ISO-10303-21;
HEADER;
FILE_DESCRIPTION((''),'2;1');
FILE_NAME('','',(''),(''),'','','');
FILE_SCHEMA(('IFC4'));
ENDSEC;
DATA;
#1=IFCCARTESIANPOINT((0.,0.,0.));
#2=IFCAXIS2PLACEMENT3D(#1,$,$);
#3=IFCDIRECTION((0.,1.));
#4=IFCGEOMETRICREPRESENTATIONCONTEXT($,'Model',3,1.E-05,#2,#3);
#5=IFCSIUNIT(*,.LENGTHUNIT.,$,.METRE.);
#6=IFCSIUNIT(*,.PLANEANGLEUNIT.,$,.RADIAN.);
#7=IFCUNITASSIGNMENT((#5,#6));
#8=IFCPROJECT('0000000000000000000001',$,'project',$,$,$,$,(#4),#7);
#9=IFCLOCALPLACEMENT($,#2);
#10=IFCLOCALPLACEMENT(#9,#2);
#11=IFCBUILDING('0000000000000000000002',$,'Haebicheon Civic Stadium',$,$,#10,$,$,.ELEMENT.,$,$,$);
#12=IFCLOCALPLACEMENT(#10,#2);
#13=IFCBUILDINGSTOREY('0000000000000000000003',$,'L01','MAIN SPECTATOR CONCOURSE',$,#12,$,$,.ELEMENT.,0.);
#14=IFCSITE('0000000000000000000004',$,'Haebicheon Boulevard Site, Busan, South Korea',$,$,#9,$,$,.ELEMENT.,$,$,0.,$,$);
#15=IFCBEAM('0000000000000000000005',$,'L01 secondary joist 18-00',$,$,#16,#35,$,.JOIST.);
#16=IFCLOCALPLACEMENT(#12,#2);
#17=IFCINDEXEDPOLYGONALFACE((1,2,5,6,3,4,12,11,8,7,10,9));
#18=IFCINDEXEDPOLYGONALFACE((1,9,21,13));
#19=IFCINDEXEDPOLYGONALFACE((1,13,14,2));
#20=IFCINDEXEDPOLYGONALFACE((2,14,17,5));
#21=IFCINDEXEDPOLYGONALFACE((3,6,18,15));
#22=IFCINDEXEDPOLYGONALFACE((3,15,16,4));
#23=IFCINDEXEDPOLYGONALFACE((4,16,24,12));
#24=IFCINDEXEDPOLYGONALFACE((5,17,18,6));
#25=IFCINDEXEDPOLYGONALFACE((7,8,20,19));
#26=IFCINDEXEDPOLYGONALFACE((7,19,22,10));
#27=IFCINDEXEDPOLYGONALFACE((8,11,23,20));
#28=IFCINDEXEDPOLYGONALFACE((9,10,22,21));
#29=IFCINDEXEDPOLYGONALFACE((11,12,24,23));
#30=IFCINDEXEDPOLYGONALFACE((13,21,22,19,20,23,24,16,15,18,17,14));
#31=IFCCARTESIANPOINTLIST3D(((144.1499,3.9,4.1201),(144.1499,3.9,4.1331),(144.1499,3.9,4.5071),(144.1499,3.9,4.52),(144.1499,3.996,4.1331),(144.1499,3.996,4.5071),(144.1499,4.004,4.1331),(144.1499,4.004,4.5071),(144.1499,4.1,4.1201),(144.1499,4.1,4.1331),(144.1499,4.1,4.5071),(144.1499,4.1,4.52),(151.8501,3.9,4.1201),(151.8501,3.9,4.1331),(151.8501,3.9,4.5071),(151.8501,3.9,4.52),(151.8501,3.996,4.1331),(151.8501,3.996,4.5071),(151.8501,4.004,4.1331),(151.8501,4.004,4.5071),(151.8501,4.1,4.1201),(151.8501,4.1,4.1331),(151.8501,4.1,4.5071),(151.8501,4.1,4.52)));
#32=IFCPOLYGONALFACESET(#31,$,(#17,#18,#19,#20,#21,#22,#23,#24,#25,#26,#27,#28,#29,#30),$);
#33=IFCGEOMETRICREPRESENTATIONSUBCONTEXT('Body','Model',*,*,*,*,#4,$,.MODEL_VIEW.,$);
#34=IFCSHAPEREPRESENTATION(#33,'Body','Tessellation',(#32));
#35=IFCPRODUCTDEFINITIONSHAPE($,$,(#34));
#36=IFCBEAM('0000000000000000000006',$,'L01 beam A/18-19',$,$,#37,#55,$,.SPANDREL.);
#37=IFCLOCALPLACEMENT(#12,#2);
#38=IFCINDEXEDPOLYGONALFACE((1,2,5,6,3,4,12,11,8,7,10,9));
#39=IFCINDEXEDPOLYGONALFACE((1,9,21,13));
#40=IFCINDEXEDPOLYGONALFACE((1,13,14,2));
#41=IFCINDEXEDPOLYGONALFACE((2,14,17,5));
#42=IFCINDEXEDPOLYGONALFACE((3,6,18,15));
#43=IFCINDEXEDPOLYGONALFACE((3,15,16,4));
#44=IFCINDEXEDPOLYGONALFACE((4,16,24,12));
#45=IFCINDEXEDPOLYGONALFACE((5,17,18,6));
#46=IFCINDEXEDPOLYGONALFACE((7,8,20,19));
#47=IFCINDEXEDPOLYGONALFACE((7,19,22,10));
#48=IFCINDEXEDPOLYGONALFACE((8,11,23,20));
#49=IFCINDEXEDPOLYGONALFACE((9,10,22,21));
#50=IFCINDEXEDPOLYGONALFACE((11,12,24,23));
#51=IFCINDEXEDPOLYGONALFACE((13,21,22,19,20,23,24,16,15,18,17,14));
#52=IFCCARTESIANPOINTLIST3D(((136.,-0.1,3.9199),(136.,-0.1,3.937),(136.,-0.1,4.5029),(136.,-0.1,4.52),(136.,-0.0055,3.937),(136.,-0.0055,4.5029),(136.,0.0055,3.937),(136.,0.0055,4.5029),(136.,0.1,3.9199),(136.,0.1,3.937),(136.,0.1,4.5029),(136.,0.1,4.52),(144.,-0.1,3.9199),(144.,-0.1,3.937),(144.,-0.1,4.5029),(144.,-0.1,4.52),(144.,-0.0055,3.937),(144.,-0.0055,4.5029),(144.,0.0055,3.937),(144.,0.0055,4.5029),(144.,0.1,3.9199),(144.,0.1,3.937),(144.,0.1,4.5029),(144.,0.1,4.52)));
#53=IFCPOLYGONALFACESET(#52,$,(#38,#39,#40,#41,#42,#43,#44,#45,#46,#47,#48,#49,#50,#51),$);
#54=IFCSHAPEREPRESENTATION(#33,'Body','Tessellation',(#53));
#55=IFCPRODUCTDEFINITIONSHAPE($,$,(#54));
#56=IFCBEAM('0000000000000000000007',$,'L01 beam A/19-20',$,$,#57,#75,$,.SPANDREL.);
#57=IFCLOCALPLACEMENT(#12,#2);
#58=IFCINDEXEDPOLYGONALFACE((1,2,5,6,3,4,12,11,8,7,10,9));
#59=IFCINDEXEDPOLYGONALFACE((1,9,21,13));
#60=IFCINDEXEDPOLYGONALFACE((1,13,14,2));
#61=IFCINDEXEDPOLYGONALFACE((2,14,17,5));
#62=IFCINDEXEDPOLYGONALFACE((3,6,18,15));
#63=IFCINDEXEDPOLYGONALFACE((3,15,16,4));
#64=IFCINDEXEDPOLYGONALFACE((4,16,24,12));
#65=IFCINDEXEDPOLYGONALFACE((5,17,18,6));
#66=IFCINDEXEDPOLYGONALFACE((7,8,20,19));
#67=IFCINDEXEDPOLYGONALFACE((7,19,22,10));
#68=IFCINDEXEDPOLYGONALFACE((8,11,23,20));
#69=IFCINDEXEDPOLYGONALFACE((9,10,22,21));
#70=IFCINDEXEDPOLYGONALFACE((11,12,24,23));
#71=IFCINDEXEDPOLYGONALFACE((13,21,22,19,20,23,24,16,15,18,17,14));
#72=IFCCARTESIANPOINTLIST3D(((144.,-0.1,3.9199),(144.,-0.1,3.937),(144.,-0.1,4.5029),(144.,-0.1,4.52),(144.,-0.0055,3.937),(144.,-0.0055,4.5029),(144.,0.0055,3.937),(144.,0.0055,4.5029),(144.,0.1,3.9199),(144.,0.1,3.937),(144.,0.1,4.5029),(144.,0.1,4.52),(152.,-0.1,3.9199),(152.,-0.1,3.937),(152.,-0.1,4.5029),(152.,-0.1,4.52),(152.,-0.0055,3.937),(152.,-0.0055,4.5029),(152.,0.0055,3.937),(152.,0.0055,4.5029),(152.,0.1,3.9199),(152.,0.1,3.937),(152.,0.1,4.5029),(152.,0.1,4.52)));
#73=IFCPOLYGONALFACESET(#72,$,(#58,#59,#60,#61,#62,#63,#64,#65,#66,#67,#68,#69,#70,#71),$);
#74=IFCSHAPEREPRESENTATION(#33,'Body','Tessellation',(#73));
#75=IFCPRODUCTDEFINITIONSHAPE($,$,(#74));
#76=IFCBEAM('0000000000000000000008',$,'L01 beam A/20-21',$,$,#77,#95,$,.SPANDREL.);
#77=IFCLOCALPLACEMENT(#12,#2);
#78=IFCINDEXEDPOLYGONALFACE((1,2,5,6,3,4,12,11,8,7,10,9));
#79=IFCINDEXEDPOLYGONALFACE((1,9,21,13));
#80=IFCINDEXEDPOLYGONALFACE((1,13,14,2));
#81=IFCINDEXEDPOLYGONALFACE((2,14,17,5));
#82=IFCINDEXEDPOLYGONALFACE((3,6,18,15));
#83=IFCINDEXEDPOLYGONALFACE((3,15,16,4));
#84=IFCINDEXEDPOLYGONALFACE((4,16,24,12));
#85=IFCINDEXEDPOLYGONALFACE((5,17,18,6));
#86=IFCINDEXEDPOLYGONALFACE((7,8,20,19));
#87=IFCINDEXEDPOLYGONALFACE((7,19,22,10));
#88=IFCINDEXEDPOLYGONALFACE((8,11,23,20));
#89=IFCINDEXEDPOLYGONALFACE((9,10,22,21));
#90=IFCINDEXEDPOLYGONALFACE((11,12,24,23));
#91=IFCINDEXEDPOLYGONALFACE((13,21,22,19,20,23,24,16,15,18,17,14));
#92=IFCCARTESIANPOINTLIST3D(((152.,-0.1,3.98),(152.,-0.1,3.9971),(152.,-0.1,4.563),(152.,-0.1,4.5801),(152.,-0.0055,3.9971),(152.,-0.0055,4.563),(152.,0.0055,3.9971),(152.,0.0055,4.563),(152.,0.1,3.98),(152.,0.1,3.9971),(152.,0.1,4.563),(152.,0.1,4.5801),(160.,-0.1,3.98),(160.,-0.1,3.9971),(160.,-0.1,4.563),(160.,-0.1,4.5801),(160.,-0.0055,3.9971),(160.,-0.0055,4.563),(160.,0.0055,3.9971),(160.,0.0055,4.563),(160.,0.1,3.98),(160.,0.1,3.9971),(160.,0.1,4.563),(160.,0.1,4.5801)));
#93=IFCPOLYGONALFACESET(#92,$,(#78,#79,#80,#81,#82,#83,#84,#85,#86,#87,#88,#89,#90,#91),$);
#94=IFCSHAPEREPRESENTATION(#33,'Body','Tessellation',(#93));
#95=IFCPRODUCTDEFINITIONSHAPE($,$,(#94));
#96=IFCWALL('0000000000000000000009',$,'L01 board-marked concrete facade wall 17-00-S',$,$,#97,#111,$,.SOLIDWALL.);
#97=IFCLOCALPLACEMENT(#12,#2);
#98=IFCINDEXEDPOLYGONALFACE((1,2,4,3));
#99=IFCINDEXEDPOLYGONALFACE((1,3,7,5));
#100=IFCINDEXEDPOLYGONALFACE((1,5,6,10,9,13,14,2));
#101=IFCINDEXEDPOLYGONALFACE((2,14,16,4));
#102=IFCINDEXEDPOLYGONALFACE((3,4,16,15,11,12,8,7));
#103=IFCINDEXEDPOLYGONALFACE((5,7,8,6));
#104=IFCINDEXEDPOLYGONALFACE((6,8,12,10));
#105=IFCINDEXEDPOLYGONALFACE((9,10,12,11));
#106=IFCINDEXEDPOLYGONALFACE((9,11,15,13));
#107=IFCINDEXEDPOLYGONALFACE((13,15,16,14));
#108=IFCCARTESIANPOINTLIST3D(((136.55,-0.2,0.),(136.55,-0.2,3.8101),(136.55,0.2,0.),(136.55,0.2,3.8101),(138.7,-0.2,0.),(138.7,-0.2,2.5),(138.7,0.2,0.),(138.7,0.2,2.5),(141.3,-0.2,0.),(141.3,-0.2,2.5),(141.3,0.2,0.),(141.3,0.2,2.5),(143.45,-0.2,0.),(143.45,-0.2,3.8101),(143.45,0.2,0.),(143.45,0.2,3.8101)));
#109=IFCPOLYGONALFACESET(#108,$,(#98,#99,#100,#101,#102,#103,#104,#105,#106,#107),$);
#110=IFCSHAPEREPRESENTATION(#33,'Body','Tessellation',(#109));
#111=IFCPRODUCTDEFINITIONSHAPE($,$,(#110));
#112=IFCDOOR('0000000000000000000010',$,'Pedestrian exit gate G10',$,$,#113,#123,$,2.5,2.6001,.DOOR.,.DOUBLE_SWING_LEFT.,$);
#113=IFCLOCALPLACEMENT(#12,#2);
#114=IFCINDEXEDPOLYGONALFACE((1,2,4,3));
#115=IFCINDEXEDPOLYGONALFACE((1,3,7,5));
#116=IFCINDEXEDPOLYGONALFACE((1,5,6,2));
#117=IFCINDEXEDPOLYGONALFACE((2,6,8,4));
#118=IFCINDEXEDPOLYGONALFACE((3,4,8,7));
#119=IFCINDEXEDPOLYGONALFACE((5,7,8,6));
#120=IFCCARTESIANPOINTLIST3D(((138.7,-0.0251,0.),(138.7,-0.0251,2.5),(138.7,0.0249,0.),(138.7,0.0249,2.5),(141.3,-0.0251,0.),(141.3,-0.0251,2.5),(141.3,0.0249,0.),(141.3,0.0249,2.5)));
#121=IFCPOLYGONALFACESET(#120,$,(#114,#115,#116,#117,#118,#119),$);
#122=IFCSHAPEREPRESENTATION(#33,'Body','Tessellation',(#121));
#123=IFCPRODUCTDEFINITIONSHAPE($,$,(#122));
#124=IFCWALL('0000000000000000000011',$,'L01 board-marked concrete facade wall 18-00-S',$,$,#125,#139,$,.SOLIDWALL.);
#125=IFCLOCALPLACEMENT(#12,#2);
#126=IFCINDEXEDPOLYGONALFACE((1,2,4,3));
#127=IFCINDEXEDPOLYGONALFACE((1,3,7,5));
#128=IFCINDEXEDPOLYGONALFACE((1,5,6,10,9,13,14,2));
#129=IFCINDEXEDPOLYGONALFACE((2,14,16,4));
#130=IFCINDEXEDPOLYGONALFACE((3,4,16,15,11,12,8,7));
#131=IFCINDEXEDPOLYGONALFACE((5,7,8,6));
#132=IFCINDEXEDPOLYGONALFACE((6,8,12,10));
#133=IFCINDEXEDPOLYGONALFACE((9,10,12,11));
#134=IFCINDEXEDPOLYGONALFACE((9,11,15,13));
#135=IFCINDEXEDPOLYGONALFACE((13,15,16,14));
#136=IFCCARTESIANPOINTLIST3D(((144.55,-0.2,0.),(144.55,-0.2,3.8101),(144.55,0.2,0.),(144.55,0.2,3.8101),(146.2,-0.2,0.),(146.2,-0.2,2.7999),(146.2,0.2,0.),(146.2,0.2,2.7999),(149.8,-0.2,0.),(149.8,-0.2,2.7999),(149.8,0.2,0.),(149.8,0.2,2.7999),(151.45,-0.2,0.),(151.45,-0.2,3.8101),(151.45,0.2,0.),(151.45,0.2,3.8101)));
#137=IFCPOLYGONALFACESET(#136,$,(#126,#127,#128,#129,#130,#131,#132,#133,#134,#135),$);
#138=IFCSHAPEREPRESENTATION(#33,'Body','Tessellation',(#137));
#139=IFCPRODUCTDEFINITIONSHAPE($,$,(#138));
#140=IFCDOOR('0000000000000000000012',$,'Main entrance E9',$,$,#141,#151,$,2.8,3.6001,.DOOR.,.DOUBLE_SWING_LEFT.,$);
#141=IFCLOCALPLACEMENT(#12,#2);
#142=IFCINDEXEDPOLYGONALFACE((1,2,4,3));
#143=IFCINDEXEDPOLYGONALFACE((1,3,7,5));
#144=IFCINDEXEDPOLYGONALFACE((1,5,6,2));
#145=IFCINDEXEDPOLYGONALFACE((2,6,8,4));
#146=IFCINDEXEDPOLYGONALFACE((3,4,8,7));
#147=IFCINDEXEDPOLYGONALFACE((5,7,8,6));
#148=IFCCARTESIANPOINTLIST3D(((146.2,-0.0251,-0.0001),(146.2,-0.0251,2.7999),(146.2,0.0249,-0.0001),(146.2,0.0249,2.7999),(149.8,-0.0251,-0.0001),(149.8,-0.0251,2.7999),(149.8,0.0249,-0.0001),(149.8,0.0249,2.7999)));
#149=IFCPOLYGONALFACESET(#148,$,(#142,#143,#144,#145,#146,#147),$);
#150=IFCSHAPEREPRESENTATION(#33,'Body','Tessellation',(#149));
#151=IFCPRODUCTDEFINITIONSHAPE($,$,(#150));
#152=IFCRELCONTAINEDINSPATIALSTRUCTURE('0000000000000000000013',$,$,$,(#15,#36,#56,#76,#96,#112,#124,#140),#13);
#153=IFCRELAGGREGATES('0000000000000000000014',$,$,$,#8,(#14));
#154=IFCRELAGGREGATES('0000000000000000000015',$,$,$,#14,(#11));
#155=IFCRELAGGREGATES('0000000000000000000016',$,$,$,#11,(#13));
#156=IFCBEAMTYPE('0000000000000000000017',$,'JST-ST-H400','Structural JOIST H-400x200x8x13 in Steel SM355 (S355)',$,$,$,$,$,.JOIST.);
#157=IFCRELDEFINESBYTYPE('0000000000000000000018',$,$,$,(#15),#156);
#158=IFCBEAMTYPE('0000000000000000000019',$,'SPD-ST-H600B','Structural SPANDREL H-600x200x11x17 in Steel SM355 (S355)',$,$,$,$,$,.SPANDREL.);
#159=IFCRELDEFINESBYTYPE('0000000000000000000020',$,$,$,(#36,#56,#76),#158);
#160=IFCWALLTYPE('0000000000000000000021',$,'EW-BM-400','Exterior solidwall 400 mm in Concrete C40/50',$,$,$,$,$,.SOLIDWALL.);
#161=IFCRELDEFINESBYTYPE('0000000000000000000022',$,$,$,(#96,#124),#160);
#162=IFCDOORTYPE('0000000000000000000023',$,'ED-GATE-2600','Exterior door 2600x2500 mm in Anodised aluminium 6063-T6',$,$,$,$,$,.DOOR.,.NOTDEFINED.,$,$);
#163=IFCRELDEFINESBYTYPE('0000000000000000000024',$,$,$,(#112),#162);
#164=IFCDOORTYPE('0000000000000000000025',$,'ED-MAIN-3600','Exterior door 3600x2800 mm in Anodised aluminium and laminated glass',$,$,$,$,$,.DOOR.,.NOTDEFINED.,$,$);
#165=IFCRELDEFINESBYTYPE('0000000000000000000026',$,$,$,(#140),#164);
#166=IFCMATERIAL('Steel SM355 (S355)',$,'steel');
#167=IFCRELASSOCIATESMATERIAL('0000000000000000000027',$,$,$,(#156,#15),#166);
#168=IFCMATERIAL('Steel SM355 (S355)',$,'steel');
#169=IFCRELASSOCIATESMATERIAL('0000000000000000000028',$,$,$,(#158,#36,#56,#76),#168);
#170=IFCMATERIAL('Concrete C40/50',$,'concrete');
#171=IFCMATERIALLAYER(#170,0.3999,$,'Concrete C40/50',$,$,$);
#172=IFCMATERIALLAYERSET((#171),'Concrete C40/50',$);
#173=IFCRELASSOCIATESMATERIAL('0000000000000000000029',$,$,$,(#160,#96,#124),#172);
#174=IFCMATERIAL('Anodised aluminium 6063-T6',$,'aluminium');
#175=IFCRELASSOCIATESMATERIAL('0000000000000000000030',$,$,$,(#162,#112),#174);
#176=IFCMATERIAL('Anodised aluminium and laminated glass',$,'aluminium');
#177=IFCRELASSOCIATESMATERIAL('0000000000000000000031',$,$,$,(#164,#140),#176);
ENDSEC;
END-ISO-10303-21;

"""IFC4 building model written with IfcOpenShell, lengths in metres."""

from ifc_helpers import new_model, si_unit, direction, frame, frame_2d, origin, origin_2d, place, context, subcontext, project, spatial, rectangle, i_section, extrude, material, layer, layer_set, material_profile, profile_set, type_object, element, fill, save


model = new_model("IFC4")

# Units and contexts
model_context = context("Model", 3, precision=1e-05, world=origin(), true_north=direction((0.0, 1.0)))
body_context = subcontext(model_context, "Body", "Model", "MODEL_VIEW")
ifc_project = project(units=[si_unit("LENGTHUNIT", "METRE"), si_unit("PLANEANGLEUNIT", "RADIAN")], contexts=[model_context])

# Site, building, storey
site_placement = place(None, origin())
site = spatial("IfcSite", under=ifc_project, at=site_placement, Name="Haebicheon Boulevard Site, Busan, South Korea", CompositionType="ELEMENT", RefElevation=0.0)
building_placement = place(site_placement, origin())
building = spatial("IfcBuilding", under=site, at=building_placement, Name="Haebicheon Civic Stadium", CompositionType="ELEMENT")
storey_placement = place(building_placement, origin())
storey = spatial("IfcBuildingStorey", under=building, at=storey_placement, Name="L01", Description="MAIN SPECTATOR CONCOURSE", CompositionType="ELEMENT", Elevation=0.0)

# Beams
ifc_material_1 = material(Name="Steel SM355 (S355)", Category="steel")
ifc_material_profile_1 = material_profile(ifc_material_1, i_section(OverallWidth=0.2, OverallDepth=0.3999, WebThickness=0.0081, FlangeThickness=0.0129, at=origin_2d()), Name="H-400x200x8x13")
ifc_profile_set_1 = profile_set([ifc_material_profile_1], Name="Steel SM355 (S355)")
beam_type_1 = type_object("IfcBeamType", Name="JST-ST-H400", Description="Structural JOIST H-400x200x8x13 in Steel SM355 (S355)", PredefinedType="JOIST", material=ifc_profile_set_1)
for number, where, z_axis, x_axis, name in (
    (1, (144.1499, 4.0, 4.3201), (1.0, 0.0, 0.0), (0.0, 1.0, 0.0), "L01 secondary joist 18-00"),
):
    element("IfcBeam", number, at=place(storey_placement, frame(where, z_axis=z_axis, x_axis=x_axis)), inside=storey, type_object=beam_type_1, material=ifc_profile_set_1, Name=name, PredefinedType="JOIST", context=body_context, shape_type="SweptSolid", body=[
        extrude(i_section(OverallWidth=0.2, OverallDepth=0.3999, WebThickness=0.0081, FlangeThickness=0.0129, at=origin_2d()), origin(), (0.0, 0.0, 1.0), 7.7002),
    ])
ifc_material_2 = material(Name="Steel SM355 (S355)", Category="steel")
ifc_material_profile_2 = material_profile(ifc_material_2, i_section(OverallWidth=0.2, OverallDepth=0.6001, WebThickness=0.011, FlangeThickness=0.0171, at=origin_2d()), Name="H-600x200x11x17")
ifc_profile_set_2 = profile_set([ifc_material_profile_2], Name="Steel SM355 (S355)")
beam_type_2 = type_object("IfcBeamType", Name="SPD-ST-H600B", Description="Structural SPANDREL H-600x200x11x17 in Steel SM355 (S355)", PredefinedType="SPANDREL", material=ifc_profile_set_2)
for number, where, z_axis, x_axis, name in (
    (2, (136.0, 0.0, 4.22), (1.0, 0.0, 0.0), (0.0, 1.0, 0.0), "L01 beam A/18-19"),
    (3, (144.0, 0.0, 4.22), (1.0, 0.0, 0.0), (0.0, 1.0, 0.0), "L01 beam A/19-20"),
    (4, (152.0, 0.0, 4.28), (1.0, 0.0, 0.0), (0.0, 1.0, 0.0), "L01 beam A/20-21"),
):
    element("IfcBeam", number, at=place(storey_placement, frame(where, z_axis=z_axis, x_axis=x_axis)), inside=storey, type_object=beam_type_2, material=ifc_profile_set_2, Name=name, PredefinedType="SPANDREL", context=body_context, shape_type="SweptSolid", body=[
        extrude(i_section(OverallWidth=0.2, OverallDepth=0.6001, WebThickness=0.011, FlangeThickness=0.0171, at=origin_2d()), origin(), (0.0, 0.0, 1.0), 8.0),
    ])

# Walls, openings, doors
ifc_material_3 = material(Name="Concrete C40/50", Category="concrete")
ifc_layer_1 = layer(ifc_material_3, 0.3999, Name="Concrete C40/50")
ifc_layer_set_1 = layer_set([ifc_layer_1], Name="Concrete C40/50")
wall_type_1 = type_object("IfcWallType", Name="EW-BM-400", Description="Exterior solidwall 400 mm in Concrete C40/50", PredefinedType="SOLIDWALL", material=ifc_layer_set_1)
wall_1_placement = place(storey_placement, frame((136.55, 0.0, 0.0), z_axis=(0.0, 0.0, 1.0), x_axis=(1.0, 0.0, 0.0)))
wall_1 = element("IfcWall", 5, at=wall_1_placement, inside=storey, type_object=wall_type_1, material=ifc_layer_set_1, Name="L01 board-marked concrete facade wall 17-00-S", PredefinedType="SOLIDWALL", context=body_context, shape_type="SweptSolid", body=[
    extrude(rectangle(XDim=6.8999, YDim=0.3999, at=frame_2d((3.45, 0.0))), origin(), (0.0, 0.0, 1.0), 3.8101),
])
opening_1_placement = place(wall_1_placement, frame((2.1499, 0.0, 0.0)))
opening_1 = element("IfcOpeningElement", 6, at=opening_1_placement, cuts=wall_1, PredefinedType="OPENING", context=body_context, shape_type="SweptSolid", body=[
    extrude(rectangle(XDim=2.6001, YDim=2.5, at=frame_2d((1.3, 1.25))), frame((0.0, 0.21, 0.0), z_axis=(0.0, -1.0, 0.0), x_axis=(1.0, 0.0, 0.0)), (0.0, 0.0, 1.0), 0.4199),
])
ifc_material_4 = material(Name="Anodised aluminium 6063-T6", Category="aluminium")
door_type_1 = type_object("IfcDoorType", Name="ED-GATE-2600", Description="Exterior door 2600x2500 mm in Anodised aluminium 6063-T6", OperationType="NOTDEFINED", PredefinedType="DOOR", material=ifc_material_4)
door_1_placement = place(opening_1_placement, origin())
door_1 = element("IfcDoor", 7, at=door_1_placement, inside=storey, type_object=door_type_1, material=ifc_material_4, Name="Pedestrian exit gate G10", OperationType="DOUBLE_SWING_LEFT", OverallHeight=2.5, OverallWidth=2.6001, PredefinedType="DOOR", context=body_context, shape_type="SweptSolid", body=[
    extrude(rectangle(XDim=2.6001, YDim=2.5, at=frame_2d((1.3, 1.25))), frame((0.0, 0.0249, 0.0), z_axis=(0.0, -1.0, 0.0), x_axis=(1.0, 0.0, 0.0)), (0.0, 0.0, 1.0), 0.05),
])
fill(opening_1, door_1)
wall_2_placement = place(storey_placement, frame((144.55, 0.0, 0.0), z_axis=(0.0, 0.0, 1.0), x_axis=(1.0, 0.0, 0.0)))
wall_2 = element("IfcWall", 8, at=wall_2_placement, inside=storey, type_object=wall_type_1, material=ifc_layer_set_1, Name="L01 board-marked concrete facade wall 18-00-S", PredefinedType="SOLIDWALL", context=body_context, shape_type="SweptSolid", body=[
    extrude(rectangle(XDim=6.8999, YDim=0.3999, at=frame_2d((3.45, 0.0))), origin(), (0.0, 0.0, 1.0), 3.8101),
])
opening_2_placement = place(wall_2_placement, frame((1.6499, 0.0, 0.0)))
opening_2 = element("IfcOpeningElement", 9, at=opening_2_placement, cuts=wall_2, PredefinedType="OPENING", context=body_context, shape_type="SweptSolid", body=[
    extrude(rectangle(XDim=3.6001, YDim=2.8, at=frame_2d((1.8, 1.3999))), frame((0.0, 0.21, 0.0), z_axis=(0.0, -1.0, 0.0), x_axis=(1.0, 0.0, 0.0)), (0.0, 0.0, 1.0), 0.4199),
])
ifc_material_5 = material(Name="Anodised aluminium and laminated glass", Category="aluminium")
door_type_2 = type_object("IfcDoorType", Name="ED-MAIN-3600", Description="Exterior door 3600x2800 mm in Anodised aluminium and laminated glass", OperationType="NOTDEFINED", PredefinedType="DOOR", material=ifc_material_5)
door_2_placement = place(opening_2_placement, origin())
door_2 = element("IfcDoor", 10, at=door_2_placement, inside=storey, type_object=door_type_2, material=ifc_material_5, Name="Main entrance E9", OperationType="DOUBLE_SWING_LEFT", OverallHeight=2.8, OverallWidth=3.6001, PredefinedType="DOOR", context=body_context, shape_type="SweptSolid", body=[
    extrude(rectangle(XDim=3.6001, YDim=2.8, at=frame_2d((1.8, 1.3999))), frame((0.0, 0.0249, 0.0), z_axis=(0.0, -1.0, 0.0), x_axis=(1.0, 0.0, 0.0)), (0.0, 0.0, 1.0), 0.05),
])
fill(opening_2, door_2)

save(model, "model.ifc")
